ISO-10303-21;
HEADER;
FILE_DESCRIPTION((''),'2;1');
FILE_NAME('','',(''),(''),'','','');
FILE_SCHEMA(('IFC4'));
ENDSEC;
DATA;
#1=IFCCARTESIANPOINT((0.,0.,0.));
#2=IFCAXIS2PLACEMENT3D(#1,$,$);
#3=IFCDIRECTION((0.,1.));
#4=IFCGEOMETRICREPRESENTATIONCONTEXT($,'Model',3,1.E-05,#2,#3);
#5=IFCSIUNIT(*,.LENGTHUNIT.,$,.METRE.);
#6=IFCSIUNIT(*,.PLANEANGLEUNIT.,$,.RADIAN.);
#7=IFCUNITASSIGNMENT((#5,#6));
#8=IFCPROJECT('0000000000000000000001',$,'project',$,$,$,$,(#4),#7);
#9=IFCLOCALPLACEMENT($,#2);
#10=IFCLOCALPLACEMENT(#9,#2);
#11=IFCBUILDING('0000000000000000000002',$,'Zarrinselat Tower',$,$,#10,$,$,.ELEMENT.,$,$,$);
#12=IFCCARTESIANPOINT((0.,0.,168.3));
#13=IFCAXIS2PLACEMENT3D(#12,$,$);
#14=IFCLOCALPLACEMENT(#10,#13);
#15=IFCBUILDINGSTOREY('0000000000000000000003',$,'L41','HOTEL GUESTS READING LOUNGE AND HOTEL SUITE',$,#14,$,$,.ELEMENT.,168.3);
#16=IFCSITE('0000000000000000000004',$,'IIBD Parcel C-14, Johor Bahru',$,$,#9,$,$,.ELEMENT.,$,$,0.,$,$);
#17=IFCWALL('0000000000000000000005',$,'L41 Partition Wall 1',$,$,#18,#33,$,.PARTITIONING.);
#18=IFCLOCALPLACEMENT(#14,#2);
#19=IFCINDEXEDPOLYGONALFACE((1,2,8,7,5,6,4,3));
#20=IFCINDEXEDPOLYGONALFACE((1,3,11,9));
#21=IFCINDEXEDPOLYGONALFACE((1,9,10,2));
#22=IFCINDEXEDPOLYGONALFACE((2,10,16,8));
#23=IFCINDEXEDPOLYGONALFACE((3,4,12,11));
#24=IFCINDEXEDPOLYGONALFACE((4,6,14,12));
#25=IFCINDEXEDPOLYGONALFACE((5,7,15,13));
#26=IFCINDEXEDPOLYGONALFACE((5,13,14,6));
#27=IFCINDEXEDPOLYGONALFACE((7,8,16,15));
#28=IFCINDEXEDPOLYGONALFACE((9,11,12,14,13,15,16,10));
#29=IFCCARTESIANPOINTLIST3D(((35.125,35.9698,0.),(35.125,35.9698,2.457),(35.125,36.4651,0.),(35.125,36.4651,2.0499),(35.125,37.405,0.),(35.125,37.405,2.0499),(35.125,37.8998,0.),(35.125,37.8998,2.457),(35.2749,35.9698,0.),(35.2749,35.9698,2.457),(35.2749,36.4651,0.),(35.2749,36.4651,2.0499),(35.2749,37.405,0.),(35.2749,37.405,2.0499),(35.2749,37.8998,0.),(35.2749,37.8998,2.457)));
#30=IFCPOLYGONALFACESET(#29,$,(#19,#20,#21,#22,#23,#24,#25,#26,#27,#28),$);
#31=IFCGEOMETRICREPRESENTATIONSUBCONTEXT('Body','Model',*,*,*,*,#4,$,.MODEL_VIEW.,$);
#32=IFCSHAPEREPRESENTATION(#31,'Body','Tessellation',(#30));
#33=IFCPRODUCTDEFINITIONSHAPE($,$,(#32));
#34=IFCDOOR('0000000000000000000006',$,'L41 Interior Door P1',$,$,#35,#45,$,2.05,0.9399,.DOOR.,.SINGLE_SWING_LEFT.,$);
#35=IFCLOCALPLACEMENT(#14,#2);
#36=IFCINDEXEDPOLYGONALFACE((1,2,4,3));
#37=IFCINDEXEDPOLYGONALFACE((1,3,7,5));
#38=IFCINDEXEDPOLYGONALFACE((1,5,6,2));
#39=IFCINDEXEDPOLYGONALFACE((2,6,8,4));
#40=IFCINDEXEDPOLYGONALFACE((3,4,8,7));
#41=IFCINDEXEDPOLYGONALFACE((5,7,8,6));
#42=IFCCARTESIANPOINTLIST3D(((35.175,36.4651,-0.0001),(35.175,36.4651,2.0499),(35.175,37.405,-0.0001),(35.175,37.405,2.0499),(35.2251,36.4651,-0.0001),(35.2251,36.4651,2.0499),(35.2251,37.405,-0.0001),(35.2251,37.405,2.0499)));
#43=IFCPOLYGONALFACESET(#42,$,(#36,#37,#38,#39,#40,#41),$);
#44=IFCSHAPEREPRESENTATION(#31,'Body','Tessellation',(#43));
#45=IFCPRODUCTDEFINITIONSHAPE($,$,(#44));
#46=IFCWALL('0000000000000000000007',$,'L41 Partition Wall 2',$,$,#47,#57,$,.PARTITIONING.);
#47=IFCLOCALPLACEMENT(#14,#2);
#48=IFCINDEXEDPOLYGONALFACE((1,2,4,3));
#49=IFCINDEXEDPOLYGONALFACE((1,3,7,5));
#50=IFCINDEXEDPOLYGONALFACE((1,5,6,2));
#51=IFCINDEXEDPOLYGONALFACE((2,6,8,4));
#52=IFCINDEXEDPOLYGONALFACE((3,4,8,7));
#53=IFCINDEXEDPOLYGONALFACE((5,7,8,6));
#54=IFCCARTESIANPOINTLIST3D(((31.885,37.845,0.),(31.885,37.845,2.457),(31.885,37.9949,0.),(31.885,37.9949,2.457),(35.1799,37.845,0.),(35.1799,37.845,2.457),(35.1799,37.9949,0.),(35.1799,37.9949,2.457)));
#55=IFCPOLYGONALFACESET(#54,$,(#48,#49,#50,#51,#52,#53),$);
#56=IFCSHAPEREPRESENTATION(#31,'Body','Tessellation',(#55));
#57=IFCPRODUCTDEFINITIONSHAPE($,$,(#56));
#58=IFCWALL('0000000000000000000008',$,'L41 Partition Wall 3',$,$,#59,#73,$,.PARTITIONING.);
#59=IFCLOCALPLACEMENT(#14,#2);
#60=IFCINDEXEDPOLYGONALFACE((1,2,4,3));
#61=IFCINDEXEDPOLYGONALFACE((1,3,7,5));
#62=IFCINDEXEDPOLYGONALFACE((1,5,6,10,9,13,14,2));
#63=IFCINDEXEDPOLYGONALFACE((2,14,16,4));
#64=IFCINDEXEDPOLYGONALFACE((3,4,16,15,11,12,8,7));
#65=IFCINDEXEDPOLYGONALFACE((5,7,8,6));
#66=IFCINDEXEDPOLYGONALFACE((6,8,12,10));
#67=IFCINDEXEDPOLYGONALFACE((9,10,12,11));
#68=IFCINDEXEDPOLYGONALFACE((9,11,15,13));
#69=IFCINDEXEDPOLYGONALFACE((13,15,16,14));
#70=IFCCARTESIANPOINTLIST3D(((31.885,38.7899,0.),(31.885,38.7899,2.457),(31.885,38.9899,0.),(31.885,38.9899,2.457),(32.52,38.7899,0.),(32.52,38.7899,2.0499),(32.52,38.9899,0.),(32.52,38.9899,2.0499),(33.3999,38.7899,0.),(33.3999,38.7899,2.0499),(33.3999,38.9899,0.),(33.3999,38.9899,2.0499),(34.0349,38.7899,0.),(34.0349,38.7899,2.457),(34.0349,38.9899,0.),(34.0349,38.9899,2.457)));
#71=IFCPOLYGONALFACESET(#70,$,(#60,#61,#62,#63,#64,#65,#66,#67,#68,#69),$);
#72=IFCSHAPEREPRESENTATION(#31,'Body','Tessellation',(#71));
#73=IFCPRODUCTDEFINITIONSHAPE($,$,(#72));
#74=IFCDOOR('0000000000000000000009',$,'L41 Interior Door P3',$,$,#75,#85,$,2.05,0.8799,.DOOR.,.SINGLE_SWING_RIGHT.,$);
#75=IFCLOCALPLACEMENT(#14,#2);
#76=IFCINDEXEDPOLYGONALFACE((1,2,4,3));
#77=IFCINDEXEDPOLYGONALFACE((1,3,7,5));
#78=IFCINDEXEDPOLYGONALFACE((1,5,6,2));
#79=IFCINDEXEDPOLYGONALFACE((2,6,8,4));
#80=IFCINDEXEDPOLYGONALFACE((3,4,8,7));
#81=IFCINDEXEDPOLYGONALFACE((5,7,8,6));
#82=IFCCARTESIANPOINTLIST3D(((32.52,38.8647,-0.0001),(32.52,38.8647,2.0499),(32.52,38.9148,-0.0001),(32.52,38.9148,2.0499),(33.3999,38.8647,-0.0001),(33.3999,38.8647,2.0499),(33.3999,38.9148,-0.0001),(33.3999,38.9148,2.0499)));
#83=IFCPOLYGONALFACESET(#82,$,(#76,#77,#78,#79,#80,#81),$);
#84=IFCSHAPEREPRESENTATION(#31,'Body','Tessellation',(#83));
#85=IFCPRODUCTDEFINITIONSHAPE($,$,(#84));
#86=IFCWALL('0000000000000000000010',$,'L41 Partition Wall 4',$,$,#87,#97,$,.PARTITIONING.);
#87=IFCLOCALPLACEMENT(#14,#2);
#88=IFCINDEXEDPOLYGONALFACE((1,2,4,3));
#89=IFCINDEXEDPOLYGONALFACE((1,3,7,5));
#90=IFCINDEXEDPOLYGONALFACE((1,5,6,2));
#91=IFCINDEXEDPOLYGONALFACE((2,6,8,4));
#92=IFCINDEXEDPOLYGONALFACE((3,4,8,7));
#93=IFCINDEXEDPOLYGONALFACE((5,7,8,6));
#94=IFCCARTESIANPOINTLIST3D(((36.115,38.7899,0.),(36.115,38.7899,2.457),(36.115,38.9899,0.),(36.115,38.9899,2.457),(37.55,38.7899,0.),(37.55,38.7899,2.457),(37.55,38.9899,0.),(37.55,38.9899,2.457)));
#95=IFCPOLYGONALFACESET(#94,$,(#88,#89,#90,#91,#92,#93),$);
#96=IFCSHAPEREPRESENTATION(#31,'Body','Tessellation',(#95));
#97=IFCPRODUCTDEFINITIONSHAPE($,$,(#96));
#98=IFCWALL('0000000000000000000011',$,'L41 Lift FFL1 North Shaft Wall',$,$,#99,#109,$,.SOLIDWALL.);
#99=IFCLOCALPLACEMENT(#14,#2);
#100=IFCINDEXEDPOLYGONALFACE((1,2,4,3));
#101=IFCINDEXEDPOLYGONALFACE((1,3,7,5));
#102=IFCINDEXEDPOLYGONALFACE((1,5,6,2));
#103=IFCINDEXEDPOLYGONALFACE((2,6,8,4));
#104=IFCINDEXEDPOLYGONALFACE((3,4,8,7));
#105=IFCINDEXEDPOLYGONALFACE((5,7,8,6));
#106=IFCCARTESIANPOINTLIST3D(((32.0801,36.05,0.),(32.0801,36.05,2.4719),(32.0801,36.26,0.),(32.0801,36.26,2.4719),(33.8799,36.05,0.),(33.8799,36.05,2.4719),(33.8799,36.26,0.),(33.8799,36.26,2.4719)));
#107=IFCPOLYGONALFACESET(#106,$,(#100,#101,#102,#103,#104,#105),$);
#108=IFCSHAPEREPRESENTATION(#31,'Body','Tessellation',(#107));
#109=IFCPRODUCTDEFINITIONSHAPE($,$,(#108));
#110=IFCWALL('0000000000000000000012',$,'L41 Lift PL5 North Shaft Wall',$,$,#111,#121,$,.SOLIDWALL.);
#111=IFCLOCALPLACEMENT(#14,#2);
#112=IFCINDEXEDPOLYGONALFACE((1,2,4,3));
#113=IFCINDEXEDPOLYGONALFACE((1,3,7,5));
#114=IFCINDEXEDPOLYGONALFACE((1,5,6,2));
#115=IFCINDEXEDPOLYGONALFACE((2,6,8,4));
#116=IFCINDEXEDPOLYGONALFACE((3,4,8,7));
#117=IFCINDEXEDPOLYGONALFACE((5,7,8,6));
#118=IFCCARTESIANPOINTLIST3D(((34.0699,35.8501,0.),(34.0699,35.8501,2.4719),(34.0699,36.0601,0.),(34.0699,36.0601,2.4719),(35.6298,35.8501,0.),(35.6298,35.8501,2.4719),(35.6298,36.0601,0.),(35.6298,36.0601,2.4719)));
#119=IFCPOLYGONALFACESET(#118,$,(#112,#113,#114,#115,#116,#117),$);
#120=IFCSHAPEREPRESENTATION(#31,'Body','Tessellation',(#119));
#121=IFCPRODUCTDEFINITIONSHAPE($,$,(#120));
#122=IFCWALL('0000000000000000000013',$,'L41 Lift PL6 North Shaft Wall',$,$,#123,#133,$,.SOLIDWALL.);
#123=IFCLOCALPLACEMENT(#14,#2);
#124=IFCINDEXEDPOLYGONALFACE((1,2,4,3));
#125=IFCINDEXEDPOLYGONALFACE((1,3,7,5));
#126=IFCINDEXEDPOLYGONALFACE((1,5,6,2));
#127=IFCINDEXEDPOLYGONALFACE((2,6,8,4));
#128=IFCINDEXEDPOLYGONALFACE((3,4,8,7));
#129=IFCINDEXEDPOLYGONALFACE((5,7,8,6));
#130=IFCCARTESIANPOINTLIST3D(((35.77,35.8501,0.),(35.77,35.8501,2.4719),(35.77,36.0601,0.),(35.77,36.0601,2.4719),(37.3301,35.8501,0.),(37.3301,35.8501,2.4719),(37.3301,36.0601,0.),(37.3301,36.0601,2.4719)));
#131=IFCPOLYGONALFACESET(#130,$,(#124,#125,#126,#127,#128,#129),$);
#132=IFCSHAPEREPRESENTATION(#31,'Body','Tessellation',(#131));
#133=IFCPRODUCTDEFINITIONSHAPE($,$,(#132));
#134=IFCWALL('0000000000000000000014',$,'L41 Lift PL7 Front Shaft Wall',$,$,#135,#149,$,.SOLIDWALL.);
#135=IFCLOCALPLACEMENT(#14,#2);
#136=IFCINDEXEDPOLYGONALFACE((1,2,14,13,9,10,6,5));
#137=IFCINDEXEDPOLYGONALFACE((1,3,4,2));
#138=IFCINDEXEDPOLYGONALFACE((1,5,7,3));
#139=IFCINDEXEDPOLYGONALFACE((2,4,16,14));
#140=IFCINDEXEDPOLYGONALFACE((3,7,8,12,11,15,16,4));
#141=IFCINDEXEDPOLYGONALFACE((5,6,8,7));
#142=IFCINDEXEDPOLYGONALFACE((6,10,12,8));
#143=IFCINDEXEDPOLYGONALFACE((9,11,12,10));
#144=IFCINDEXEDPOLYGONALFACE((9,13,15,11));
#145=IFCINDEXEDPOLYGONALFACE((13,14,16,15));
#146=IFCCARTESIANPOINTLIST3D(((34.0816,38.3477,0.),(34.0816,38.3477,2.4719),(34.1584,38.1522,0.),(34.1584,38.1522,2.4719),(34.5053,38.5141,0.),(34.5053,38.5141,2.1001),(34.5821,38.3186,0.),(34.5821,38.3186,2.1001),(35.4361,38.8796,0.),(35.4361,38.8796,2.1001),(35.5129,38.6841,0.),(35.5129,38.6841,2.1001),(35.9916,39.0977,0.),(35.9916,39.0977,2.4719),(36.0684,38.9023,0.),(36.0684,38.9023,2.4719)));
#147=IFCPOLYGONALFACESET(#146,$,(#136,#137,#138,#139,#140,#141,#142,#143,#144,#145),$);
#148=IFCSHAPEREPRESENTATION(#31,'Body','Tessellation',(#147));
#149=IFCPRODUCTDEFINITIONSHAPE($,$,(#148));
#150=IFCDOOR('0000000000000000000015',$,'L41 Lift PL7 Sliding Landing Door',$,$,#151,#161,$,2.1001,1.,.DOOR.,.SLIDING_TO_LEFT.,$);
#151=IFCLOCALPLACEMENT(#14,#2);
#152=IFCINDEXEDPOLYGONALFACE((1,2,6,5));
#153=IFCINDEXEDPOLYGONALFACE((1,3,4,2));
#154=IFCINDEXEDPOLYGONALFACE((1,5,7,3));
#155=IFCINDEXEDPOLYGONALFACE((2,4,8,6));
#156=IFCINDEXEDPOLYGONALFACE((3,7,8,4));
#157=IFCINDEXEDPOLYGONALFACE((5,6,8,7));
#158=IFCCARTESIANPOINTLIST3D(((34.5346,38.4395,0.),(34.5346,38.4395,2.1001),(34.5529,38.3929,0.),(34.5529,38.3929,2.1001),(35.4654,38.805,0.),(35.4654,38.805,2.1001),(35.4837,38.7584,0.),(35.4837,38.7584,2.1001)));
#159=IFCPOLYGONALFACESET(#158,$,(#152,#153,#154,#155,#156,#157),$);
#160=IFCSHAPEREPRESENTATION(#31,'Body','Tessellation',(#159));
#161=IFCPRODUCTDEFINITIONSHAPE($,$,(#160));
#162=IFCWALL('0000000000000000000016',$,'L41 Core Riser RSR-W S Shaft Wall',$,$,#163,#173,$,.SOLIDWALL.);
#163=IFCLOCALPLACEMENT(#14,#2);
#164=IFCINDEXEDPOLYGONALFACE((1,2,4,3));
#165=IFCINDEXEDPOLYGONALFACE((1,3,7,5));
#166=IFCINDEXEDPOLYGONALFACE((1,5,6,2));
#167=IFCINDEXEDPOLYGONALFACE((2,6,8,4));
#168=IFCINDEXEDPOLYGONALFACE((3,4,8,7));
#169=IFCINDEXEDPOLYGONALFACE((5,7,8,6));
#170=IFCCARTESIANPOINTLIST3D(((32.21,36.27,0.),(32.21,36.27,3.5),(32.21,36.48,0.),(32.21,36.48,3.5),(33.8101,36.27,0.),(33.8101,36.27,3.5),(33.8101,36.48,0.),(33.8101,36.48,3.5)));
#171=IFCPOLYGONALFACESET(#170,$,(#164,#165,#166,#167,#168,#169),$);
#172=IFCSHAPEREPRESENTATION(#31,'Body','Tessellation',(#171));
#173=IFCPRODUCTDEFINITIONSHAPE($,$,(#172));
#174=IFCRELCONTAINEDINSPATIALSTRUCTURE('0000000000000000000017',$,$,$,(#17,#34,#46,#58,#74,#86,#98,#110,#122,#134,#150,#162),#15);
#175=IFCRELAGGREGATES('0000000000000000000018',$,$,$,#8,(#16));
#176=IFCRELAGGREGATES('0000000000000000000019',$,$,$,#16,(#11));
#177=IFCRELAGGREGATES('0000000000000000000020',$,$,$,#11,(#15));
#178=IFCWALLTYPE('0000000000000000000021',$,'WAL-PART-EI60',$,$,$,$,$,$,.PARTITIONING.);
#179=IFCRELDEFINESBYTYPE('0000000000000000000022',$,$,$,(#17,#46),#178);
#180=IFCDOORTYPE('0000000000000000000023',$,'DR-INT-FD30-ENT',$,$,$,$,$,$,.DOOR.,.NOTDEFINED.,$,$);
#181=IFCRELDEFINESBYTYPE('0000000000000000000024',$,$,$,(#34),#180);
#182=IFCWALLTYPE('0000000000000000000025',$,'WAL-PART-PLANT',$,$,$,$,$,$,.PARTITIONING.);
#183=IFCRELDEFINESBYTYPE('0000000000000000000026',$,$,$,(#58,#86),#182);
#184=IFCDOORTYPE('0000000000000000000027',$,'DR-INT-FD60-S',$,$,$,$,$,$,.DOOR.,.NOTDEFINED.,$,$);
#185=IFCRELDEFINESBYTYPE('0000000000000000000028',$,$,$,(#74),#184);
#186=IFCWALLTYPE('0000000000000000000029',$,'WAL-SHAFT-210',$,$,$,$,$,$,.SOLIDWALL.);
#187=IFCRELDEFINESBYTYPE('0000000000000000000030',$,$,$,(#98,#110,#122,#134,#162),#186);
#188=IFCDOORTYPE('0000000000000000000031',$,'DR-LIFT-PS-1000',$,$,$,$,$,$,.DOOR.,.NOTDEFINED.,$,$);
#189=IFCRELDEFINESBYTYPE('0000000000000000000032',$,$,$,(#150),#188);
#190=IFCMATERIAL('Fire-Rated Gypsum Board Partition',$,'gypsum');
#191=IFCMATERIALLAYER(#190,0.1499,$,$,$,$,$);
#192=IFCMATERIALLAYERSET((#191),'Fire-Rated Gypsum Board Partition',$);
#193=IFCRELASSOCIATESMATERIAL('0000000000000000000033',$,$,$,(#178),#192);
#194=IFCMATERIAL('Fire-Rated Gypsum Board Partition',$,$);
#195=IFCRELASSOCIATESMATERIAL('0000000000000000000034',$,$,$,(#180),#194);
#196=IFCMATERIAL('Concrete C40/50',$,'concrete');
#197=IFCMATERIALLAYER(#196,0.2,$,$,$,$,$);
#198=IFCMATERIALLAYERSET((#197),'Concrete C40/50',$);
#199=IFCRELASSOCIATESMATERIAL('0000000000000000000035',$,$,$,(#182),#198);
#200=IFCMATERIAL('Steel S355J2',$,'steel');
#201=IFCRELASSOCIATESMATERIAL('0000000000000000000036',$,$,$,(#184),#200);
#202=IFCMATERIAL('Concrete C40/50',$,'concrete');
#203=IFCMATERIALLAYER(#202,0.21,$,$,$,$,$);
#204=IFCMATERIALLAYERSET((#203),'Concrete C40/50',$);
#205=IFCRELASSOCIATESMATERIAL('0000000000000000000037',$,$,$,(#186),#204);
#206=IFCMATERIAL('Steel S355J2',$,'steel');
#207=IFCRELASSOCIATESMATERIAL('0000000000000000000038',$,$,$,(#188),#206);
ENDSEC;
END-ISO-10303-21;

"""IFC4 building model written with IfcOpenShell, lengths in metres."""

from ifc_helpers import new_model, si_unit, direction, frame, frame_2d, origin, place, context, subcontext, project, spatial, rectangle, extrude, material, layer, layer_set, type_object, element, fill, save


model = new_model("IFC4")

# Units and contexts
model_context = context("Model", 3, precision=1e-05, world=origin(), true_north=direction((0.0, 1.0)))
body_context = subcontext(model_context, "Body", "Model", "MODEL_VIEW")
ifc_project = project(units=[si_unit("LENGTHUNIT", "METRE"), si_unit("PLANEANGLEUNIT", "RADIAN")], contexts=[model_context])

# Site, building, storey
site_placement = place(None, origin())
site = spatial("IfcSite", under=ifc_project, at=site_placement, Name="IIBD Parcel C-14, Johor Bahru", CompositionType="ELEMENT", RefElevation=0.0)
building_placement = place(site_placement, origin())
building = spatial("IfcBuilding", under=site, at=building_placement, Name="Zarrinselat Tower", CompositionType="ELEMENT")
storey_placement = place(building_placement, frame((0.0, 0.0, 168.3)))
storey = spatial("IfcBuildingStorey", under=building, at=storey_placement, Name="L41", Description="HOTEL GUESTS READING LOUNGE AND HOTEL SUITE", CompositionType="ELEMENT", Elevation=168.3)

# Wall, opening, door
ifc_material_1 = material(Name="Fire-Rated Gypsum Board Partition", Category="gypsum")
ifc_layer_1 = layer(ifc_material_1, 0.1499)
ifc_layer_set_1 = layer_set([ifc_layer_1], Name="Fire-Rated Gypsum Board Partition")
wall_type_1 = type_object("IfcWallType", Name="WAL-PART-EI60", PredefinedType="PARTITIONING", material=ifc_layer_set_1)
wall_1_placement = place(storey_placement, frame((35.2, 35.97, 0.0), z_axis=(0.0, 0.0, 1.0), x_axis=(0.0, 1.0, 0.0)))
wall_1 = element("IfcWall", 1, at=wall_1_placement, inside=storey, type_object=wall_type_1, Name="L41 Partition Wall 1", PredefinedType="PARTITIONING", context=body_context, shape_type="SweptSolid", body=[
    extrude(rectangle(XDim=1.9299, YDim=0.1499, at=frame_2d((0.9648, 0.0))), origin(), (0.0, 0.0, 1.0), 2.457),
])
opening_1_placement = place(wall_1_placement, frame((0.4951, 0.0, 0.0)))
opening_1 = element("IfcOpeningElement", 2, at=opening_1_placement, cuts=wall_1, PredefinedType="OPENING", context=body_context, shape_type="SweptSolid", body=[
    extrude(rectangle(XDim=0.9399, YDim=2.05, at=frame_2d((0.47, 1.0249))), frame((0.0, 0.085, 0.0), z_axis=(0.0, -1.0, 0.0), x_axis=(1.0, 0.0, 0.0)), (0.0, 0.0, 1.0), 0.1699),
])
ifc_material_2 = material(Name="Fire-Rated Gypsum Board Partition")
door_type_1 = type_object("IfcDoorType", Name="DR-INT-FD30-ENT", OperationType="NOTDEFINED", PredefinedType="DOOR", material=ifc_material_2)
door_1_placement = place(opening_1_placement, origin())
door_1 = element("IfcDoor", 3, at=door_1_placement, inside=storey, type_object=door_type_1, Name="L41 Interior Door P1", OperationType="SINGLE_SWING_LEFT", OverallHeight=2.05, OverallWidth=0.9399, PredefinedType="DOOR", context=body_context, shape_type="SweptSolid", body=[
    extrude(rectangle(XDim=0.9399, YDim=2.05, at=frame_2d((0.47, 1.0249))), frame((0.0, 0.0249, 0.0), z_axis=(0.0, -1.0, 0.0), x_axis=(1.0, 0.0, 0.0)), (0.0, 0.0, 1.0), 0.05),
])
fill(opening_1, door_1)

# Wall
wall_2_placement = place(storey_placement, frame((31.885, 37.9199, 0.0), z_axis=(0.0, 0.0, 1.0), x_axis=(1.0, 0.0, 0.0)))
element("IfcWall", 4, at=wall_2_placement, inside=storey, type_object=wall_type_1, Name="L41 Partition Wall 2", PredefinedType="PARTITIONING", context=body_context, shape_type="SweptSolid", body=[
    extrude(rectangle(XDim=3.2949, YDim=0.1499, at=frame_2d((1.6475, 0.0))), origin(), (0.0, 0.0, 1.0), 2.457),
])

# Wall, opening, door
ifc_material_3 = material(Name="Concrete C40/50", Category="concrete")
ifc_layer_2 = layer(ifc_material_3, 0.2)
ifc_layer_set_2 = layer_set([ifc_layer_2], Name="Concrete C40/50")
wall_type_2 = type_object("IfcWallType", Name="WAL-PART-PLANT", PredefinedType="PARTITIONING", material=ifc_layer_set_2)
wall_3_placement = place(storey_placement, frame((31.885, 38.8899, 0.0), z_axis=(0.0, 0.0, 1.0), x_axis=(1.0, 0.0, 0.0)))
wall_3 = element("IfcWall", 5, at=wall_3_placement, inside=storey, type_object=wall_type_2, Name="L41 Partition Wall 3", PredefinedType="PARTITIONING", context=body_context, shape_type="SweptSolid", body=[
    extrude(rectangle(XDim=2.1499, YDim=0.2, at=frame_2d((1.075, 0.0))), origin(), (0.0, 0.0, 1.0), 2.457),
])
opening_2_placement = place(wall_3_placement, frame((0.635, 0.0, 0.0)))
opening_2 = element("IfcOpeningElement", 6, at=opening_2_placement, cuts=wall_3, PredefinedType="OPENING", context=body_context, shape_type="SweptSolid", body=[
    extrude(rectangle(XDim=0.8799, YDim=2.05, at=frame_2d((0.4399, 1.0249))), frame((0.0, 0.1099, 0.0), z_axis=(0.0, -1.0, 0.0), x_axis=(1.0, 0.0, 0.0)), (0.0, 0.0, 1.0), 0.22),
])
ifc_material_4 = material(Name="Steel S355J2", Category="steel")
door_type_2 = type_object("IfcDoorType", Name="DR-INT-FD60-S", OperationType="NOTDEFINED", PredefinedType="DOOR", material=ifc_material_4)
door_2_placement = place(opening_2_placement, origin())
door_2 = element("IfcDoor", 7, at=door_2_placement, inside=storey, type_object=door_type_2, Name="L41 Interior Door P3", OperationType="SINGLE_SWING_RIGHT", OverallHeight=2.05, OverallWidth=0.8799, PredefinedType="DOOR", context=body_context, shape_type="SweptSolid", body=[
    extrude(rectangle(XDim=0.8799, YDim=2.05, at=frame_2d((0.4399, 1.0249))), frame((0.0, 0.0249, 0.0), z_axis=(0.0, -1.0, 0.0), x_axis=(1.0, 0.0, 0.0)), (0.0, 0.0, 1.0), 0.05),
])
fill(opening_2, door_2)

# Walls
wall_4_placement = place(storey_placement, frame((36.115, 38.8899, 0.0), z_axis=(0.0, 0.0, 1.0), x_axis=(1.0, 0.0, 0.0)))
element("IfcWall", 8, at=wall_4_placement, inside=storey, type_object=wall_type_2, Name="L41 Partition Wall 4", PredefinedType="PARTITIONING", context=body_context, shape_type="SweptSolid", body=[
    extrude(rectangle(XDim=1.4351, YDim=0.2, at=frame_2d((0.7175, 0.0))), origin(), (0.0, 0.0, 1.0), 2.457),
])
ifc_material_5 = material(Name="Concrete C40/50", Category="concrete")
ifc_layer_3 = layer(ifc_material_5, 0.21)
ifc_layer_set_3 = layer_set([ifc_layer_3], Name="Concrete C40/50")
wall_type_3 = type_object("IfcWallType", Name="WAL-SHAFT-210", PredefinedType="SOLIDWALL", material=ifc_layer_set_3)
wall_5_placement = place(storey_placement, frame((32.0801, 36.155, 0.0), z_axis=(0.0, 0.0, 1.0), x_axis=(1.0, 0.0, 0.0)))
element("IfcWall", 9, at=wall_5_placement, inside=storey, type_object=wall_type_3, Name="L41 Lift FFL1 North Shaft Wall", PredefinedType="SOLIDWALL", context=body_context, shape_type="SweptSolid", body=[
    extrude(rectangle(XDim=1.7998, YDim=0.21, at=frame_2d((0.8999, 0.0))), origin(), (0.0, 0.0, 1.0), 2.4719),
])
wall_6_placement = place(storey_placement, frame((34.0701, 35.9551, 0.0), z_axis=(0.0, 0.0, 1.0), x_axis=(1.0, 0.0, 0.0)))
element("IfcWall", 10, at=wall_6_placement, inside=storey, type_object=wall_type_3, Name="L41 Lift PL5 North Shaft Wall", PredefinedType="SOLIDWALL", context=body_context, shape_type="SweptSolid", body=[
    extrude(rectangle(XDim=1.5598, YDim=0.21, at=frame_2d((0.7798, 0.0))), origin(), (0.0, 0.0, 1.0), 2.4719),
])
wall_7_placement = place(storey_placement, frame((35.77, 35.9551, 0.0), z_axis=(0.0, 0.0, 1.0), x_axis=(1.0, 0.0, 0.0)))
element("IfcWall", 11, at=wall_7_placement, inside=storey, type_object=wall_type_3, Name="L41 Lift PL6 North Shaft Wall", PredefinedType="SOLIDWALL", context=body_context, shape_type="SweptSolid", body=[
    extrude(rectangle(XDim=1.5601, YDim=0.21, at=frame_2d((0.78, 0.0))), origin(), (0.0, 0.0, 1.0), 2.4719),
])

# Wall, opening, door
wall_8_placement = place(storey_placement, frame((34.1201, 38.25, 0.0), z_axis=(0.0, 0.0, 1.0), x_axis=(0.930805, 0.365516, 0.0)))
wall_8 = element("IfcWall", 12, at=wall_8_placement, inside=storey, type_object=wall_type_3, Name="L41 Lift PL7 Front Shaft Wall", PredefinedType="SOLIDWALL", context=body_context, shape_type="SweptSolid", body=[
    extrude(rectangle(XDim=2.052, YDim=0.21, at=frame_2d((1.0259, 0.0))), origin(), (0.0, 0.0, 1.0), 2.4719),
])
opening_3_placement = place(wall_8_placement, frame((0.4551, 0.0, 0.0)))
opening_3 = element("IfcOpeningElement", 13, at=opening_3_placement, cuts=wall_8, PredefinedType="OPENING", context=body_context, shape_type="SweptSolid", body=[
    extrude(rectangle(XDim=1.0, YDim=2.1001, at=frame_2d((0.5, 1.05))), frame((0.0, 0.115, 0.0), z_axis=(0.0, -1.0, 0.0), x_axis=(1.0, 0.0, 0.0)), (0.0, 0.0, 1.0), 0.23),
])
ifc_material_6 = material(Name="Steel S355J2", Category="steel")
door_type_3 = type_object("IfcDoorType", Name="DR-LIFT-PS-1000", OperationType="NOTDEFINED", PredefinedType="DOOR", material=ifc_material_6)
door_3_placement = place(opening_3_placement, origin())
door_3 = element("IfcDoor", 14, at=door_3_placement, inside=storey, type_object=door_type_3, Name="L41 Lift PL7 Sliding Landing Door", OperationType="SLIDING_TO_LEFT", OverallHeight=2.1001, OverallWidth=1.0, PredefinedType="DOOR", context=body_context, shape_type="SweptSolid", body=[
    extrude(rectangle(XDim=1.0, YDim=2.1001, at=frame_2d((0.5, 1.05))), frame((0.0, 0.0249, 0.0), z_axis=(0.0, -1.0, 0.0), x_axis=(1.0, 0.0, 0.0)), (0.0, 0.0, 1.0), 0.05),
])
fill(opening_3, door_3)

# Wall
for number, where, z_axis, x_axis, name in (
    (15, (32.21, 36.375, 0.0), (0.0, 0.0, 1.0), (1.0, 0.0, 0.0), "L41 Core Riser RSR-W S Shaft Wall"),
):
    element("IfcWall", number, at=place(storey_placement, frame(where, z_axis=z_axis, x_axis=x_axis)), inside=storey, type_object=wall_type_3, Name=name, PredefinedType="SOLIDWALL", context=body_context, shape_type="SweptSolid", body=[
        extrude(rectangle(XDim=1.6001, YDim=0.21, at=frame_2d((0.8, 0.0))), origin(), (0.0, 0.0, 1.0), 3.5),
    ])

save(model, "model.ifc")
